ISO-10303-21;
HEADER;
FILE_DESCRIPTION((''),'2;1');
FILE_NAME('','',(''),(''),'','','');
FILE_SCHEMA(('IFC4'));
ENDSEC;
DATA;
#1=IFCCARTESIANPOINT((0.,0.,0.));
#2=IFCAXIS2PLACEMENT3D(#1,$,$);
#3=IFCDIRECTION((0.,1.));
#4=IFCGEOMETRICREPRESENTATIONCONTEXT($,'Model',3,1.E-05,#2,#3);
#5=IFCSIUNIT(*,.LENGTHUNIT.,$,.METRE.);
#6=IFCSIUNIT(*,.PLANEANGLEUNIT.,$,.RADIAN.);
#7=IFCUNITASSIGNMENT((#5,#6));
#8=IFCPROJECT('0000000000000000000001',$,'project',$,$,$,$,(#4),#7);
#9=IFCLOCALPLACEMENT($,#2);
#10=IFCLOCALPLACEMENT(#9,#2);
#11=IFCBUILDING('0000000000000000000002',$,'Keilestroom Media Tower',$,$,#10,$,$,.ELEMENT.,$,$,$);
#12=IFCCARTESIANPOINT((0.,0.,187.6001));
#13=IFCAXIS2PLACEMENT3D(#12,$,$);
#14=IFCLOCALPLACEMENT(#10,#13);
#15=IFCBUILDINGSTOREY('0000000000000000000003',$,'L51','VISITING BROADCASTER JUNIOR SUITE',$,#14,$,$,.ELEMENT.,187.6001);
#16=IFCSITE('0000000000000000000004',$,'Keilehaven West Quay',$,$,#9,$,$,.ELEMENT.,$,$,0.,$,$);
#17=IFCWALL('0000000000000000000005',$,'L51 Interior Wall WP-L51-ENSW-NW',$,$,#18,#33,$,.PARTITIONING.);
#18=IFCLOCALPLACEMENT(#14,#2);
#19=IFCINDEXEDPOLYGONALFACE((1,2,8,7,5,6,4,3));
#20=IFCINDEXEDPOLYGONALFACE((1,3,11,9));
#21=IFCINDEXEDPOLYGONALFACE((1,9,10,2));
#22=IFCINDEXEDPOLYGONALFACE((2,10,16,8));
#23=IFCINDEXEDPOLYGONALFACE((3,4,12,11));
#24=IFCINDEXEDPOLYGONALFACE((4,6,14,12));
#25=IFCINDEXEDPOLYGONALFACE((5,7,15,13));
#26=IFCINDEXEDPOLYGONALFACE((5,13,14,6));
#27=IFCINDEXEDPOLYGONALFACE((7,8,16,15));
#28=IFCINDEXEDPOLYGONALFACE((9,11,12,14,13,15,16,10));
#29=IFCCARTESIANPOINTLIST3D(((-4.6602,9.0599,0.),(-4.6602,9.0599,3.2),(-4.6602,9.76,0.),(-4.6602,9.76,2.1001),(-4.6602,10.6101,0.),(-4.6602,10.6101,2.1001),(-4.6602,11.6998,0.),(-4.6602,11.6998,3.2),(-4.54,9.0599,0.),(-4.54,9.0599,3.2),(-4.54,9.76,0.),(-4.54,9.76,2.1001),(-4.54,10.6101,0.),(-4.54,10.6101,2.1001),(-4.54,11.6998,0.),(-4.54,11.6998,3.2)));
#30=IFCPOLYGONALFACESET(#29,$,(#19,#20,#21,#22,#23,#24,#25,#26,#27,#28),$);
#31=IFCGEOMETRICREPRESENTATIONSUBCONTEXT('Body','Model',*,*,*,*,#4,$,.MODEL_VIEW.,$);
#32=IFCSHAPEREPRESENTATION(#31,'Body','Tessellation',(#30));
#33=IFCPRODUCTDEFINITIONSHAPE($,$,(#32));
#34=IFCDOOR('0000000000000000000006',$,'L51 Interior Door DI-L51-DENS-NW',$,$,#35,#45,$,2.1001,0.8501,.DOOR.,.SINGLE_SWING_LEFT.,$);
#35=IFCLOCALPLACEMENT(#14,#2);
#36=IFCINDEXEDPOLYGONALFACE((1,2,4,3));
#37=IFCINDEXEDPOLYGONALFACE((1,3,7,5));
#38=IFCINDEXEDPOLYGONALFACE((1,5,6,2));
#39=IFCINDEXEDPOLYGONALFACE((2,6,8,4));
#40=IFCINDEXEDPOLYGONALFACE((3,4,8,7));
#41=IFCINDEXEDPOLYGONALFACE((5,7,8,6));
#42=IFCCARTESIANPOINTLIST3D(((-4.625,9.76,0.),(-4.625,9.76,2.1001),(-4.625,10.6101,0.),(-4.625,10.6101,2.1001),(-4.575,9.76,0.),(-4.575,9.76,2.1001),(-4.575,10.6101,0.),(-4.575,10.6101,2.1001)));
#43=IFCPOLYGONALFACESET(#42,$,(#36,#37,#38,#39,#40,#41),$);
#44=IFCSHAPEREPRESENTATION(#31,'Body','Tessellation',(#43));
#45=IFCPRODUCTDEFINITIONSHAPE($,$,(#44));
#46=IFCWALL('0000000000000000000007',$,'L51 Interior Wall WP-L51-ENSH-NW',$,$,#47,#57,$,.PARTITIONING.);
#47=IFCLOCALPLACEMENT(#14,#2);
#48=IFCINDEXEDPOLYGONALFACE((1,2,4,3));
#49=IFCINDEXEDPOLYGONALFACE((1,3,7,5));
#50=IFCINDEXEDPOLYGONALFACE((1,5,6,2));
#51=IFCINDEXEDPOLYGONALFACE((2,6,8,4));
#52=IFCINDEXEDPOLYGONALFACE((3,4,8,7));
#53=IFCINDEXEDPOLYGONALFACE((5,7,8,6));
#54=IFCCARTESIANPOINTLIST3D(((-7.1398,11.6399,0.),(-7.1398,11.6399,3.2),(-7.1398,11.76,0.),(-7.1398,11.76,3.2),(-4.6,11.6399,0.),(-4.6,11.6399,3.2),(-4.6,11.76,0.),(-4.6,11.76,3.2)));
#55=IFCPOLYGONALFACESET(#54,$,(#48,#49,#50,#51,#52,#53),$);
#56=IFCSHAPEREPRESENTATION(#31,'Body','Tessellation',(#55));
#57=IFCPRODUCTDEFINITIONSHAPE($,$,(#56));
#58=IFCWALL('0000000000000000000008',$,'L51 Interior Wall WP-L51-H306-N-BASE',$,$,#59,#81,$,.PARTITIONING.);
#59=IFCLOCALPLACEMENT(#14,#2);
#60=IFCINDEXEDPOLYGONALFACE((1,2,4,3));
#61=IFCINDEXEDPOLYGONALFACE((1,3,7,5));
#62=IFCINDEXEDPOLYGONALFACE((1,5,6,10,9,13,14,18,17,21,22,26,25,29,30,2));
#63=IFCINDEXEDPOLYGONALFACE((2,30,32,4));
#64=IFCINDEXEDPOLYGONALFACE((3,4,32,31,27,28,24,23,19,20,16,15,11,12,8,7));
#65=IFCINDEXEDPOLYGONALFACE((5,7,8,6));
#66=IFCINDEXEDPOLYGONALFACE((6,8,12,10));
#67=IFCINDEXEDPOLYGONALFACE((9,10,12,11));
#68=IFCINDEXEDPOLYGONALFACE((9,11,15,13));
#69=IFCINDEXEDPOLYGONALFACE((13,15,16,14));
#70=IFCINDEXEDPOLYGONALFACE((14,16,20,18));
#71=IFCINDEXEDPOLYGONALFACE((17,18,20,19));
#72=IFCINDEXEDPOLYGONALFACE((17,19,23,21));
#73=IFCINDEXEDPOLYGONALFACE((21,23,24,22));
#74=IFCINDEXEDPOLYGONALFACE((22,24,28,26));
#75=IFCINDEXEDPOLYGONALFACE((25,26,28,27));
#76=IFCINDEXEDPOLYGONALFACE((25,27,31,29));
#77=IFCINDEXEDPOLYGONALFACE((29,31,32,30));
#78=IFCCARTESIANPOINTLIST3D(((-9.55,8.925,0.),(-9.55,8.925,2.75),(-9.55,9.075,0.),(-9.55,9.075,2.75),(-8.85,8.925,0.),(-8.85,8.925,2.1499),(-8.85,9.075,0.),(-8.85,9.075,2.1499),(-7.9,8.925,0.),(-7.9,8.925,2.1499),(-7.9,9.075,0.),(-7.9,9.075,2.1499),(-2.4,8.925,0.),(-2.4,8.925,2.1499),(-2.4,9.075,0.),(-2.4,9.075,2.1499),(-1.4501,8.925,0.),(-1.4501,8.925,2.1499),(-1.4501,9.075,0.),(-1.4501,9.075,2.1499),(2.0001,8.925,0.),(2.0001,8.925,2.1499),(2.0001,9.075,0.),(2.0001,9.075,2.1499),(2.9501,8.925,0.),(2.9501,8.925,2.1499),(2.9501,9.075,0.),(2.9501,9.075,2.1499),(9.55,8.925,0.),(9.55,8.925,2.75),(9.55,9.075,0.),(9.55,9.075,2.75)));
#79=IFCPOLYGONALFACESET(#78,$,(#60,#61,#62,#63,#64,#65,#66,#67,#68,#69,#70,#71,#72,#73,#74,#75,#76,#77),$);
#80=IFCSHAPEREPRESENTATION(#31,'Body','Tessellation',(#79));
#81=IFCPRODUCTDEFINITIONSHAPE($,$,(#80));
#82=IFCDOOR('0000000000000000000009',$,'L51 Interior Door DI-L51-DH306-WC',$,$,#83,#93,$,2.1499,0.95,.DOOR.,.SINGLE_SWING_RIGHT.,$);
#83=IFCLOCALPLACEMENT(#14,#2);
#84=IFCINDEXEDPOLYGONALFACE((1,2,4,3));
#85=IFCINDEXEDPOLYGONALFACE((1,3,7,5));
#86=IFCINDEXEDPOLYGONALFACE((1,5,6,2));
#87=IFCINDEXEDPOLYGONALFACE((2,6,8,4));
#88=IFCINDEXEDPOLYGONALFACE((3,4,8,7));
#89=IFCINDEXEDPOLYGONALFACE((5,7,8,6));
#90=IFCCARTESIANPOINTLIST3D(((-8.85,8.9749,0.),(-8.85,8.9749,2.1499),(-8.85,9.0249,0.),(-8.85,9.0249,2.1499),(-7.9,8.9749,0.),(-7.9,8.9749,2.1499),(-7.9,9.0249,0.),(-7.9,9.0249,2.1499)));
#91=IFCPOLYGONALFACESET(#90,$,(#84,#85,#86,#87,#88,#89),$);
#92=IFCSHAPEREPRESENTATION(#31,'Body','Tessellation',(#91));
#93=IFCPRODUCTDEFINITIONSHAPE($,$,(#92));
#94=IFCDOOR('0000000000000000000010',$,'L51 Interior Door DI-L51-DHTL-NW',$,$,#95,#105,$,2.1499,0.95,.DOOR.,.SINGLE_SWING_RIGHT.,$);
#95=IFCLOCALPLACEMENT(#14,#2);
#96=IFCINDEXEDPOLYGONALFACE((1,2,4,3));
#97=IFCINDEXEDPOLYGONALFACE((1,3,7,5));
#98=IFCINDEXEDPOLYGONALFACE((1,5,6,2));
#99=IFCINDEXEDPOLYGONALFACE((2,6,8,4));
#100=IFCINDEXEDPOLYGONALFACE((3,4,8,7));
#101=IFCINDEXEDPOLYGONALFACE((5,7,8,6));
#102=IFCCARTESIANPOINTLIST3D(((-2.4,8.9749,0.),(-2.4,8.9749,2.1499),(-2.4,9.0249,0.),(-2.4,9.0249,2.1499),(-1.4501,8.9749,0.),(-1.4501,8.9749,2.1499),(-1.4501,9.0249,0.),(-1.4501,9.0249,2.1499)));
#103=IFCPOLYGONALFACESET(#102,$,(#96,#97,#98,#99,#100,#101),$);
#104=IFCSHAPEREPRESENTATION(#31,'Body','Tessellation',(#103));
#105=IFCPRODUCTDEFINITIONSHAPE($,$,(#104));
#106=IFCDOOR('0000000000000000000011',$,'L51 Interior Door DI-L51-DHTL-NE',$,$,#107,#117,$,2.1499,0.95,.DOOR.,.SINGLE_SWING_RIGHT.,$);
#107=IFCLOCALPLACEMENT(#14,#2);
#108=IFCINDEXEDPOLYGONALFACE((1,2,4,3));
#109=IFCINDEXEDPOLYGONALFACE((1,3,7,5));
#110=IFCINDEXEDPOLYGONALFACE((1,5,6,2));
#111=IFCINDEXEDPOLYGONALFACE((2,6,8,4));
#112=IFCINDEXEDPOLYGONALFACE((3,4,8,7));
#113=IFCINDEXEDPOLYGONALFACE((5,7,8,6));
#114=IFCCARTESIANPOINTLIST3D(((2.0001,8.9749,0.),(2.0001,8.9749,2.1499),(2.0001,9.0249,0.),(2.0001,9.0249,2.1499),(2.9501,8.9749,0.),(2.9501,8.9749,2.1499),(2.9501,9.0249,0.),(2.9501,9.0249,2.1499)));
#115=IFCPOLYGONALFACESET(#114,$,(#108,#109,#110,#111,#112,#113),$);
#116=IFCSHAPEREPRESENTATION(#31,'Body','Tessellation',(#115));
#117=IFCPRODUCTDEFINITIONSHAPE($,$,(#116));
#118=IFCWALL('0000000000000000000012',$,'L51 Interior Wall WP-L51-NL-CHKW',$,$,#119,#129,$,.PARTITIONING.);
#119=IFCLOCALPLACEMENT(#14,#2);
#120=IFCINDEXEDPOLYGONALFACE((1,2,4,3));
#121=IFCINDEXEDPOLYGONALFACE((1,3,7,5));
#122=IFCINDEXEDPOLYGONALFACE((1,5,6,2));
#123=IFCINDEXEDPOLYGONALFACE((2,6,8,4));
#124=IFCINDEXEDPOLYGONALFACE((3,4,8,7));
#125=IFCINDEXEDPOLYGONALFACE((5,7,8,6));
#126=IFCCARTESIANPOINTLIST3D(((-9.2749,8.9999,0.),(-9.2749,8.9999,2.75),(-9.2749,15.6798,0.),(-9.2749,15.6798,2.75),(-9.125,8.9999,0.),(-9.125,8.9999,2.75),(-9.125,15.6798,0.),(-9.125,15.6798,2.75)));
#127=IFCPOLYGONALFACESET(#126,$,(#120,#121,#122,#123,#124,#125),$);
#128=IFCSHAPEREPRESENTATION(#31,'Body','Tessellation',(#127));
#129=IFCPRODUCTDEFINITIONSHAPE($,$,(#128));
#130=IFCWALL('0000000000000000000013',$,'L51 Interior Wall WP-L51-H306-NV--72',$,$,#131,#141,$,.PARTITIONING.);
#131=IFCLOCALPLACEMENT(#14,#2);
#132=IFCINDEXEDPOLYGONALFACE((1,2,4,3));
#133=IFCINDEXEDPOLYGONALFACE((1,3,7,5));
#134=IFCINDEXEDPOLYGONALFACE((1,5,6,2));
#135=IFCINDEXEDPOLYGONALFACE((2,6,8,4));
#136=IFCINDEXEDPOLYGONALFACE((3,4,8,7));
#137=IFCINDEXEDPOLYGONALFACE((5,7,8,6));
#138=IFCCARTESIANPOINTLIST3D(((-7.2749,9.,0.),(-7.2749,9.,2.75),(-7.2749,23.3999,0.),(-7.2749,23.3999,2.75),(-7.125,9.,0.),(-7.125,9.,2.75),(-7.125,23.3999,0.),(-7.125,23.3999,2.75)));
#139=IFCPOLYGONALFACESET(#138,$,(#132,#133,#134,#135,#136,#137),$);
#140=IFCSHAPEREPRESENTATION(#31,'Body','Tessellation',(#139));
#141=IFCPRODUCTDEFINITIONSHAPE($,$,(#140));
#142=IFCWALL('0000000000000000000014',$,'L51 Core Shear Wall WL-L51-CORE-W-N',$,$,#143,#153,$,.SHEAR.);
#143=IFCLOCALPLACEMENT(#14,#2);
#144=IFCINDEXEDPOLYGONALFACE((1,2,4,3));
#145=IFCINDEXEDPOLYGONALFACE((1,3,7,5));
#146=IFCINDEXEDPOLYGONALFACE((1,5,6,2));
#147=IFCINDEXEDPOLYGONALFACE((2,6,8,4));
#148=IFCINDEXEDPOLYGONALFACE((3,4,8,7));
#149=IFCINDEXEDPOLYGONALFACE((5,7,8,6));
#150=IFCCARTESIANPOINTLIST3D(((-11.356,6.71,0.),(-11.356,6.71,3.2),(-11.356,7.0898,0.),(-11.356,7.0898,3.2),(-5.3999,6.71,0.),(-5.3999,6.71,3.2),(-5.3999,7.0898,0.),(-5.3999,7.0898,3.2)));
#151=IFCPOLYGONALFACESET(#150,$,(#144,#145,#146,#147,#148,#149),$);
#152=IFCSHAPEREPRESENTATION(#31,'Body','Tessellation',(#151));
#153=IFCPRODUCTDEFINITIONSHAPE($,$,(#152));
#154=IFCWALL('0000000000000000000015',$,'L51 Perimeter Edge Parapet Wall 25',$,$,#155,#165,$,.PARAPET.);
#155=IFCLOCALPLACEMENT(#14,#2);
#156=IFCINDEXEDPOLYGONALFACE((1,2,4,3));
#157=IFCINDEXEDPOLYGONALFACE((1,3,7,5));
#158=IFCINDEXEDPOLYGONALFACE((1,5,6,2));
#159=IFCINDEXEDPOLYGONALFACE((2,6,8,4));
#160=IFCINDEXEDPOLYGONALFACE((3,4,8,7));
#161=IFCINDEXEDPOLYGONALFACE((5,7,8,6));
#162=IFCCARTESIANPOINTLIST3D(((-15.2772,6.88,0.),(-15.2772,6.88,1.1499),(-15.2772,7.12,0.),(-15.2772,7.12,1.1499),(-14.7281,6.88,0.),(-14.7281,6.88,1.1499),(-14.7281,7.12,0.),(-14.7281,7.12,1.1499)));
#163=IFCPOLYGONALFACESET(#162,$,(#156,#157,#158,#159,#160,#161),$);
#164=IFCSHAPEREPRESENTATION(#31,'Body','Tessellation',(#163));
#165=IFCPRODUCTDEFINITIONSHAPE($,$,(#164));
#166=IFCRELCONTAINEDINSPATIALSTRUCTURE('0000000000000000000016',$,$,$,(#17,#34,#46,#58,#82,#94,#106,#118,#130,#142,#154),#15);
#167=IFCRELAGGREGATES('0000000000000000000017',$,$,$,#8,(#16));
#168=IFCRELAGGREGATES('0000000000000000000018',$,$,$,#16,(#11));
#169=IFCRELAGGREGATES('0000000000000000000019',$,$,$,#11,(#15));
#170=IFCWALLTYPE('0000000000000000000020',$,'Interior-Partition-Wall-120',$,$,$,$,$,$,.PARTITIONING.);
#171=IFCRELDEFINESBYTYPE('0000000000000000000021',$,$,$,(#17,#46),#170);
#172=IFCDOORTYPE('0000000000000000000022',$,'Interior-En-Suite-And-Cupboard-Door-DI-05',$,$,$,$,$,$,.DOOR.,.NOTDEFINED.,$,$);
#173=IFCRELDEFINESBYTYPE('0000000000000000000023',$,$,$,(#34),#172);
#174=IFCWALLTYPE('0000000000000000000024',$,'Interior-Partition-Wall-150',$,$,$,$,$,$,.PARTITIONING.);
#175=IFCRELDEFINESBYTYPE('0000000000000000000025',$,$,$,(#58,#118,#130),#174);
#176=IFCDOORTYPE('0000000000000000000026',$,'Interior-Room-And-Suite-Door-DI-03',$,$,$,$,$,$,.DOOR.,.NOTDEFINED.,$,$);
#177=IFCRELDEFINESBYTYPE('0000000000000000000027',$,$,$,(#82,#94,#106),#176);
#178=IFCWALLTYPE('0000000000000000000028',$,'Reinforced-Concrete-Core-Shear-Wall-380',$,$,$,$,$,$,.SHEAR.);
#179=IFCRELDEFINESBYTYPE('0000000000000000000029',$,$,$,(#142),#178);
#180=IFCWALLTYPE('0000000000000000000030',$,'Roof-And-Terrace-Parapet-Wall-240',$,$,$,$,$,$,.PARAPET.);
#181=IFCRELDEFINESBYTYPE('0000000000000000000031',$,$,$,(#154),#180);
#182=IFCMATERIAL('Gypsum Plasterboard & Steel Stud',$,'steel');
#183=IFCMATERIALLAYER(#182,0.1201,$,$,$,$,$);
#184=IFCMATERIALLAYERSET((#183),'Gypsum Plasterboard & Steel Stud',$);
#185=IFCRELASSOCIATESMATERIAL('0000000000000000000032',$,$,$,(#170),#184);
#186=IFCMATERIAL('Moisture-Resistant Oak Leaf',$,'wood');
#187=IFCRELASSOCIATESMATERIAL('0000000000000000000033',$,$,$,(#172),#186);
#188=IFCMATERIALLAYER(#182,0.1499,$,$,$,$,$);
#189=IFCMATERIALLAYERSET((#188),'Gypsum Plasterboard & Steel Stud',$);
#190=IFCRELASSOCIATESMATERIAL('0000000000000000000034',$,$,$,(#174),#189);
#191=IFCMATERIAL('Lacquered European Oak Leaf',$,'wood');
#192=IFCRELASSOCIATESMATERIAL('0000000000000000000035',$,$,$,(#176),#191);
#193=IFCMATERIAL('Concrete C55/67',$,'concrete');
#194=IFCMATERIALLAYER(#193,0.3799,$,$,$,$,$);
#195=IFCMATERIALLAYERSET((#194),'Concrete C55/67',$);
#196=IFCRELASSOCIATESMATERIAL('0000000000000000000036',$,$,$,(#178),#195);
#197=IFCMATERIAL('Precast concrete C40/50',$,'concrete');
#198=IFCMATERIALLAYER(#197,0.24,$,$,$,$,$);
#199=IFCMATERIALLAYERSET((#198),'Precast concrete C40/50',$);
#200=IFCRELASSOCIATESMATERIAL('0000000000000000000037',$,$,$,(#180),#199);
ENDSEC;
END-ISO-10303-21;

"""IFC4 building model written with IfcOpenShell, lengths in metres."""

from ifc_helpers import new_model, si_unit, direction, frame, frame_2d, origin, place, context, subcontext, project, spatial, rectangle, extrude, source, transform, mapped, material, layer, layer_set, type_object, element, fill, save


model = new_model("IFC4")

# Units and contexts
model_context = context("Model", 3, precision=1e-05, world=origin(), true_north=direction((0.0, 1.0)))
body_context = subcontext(model_context, "Body", "Model", "MODEL_VIEW")
ifc_project = project(units=[si_unit("LENGTHUNIT", "METRE"), si_unit("PLANEANGLEUNIT", "RADIAN")], contexts=[model_context])

# Site, building, storey
site_placement = place(None, origin())
site = spatial("IfcSite", under=ifc_project, at=site_placement, Name="Keilehaven West Quay", CompositionType="ELEMENT", RefElevation=0.0)
building_placement = place(site_placement, origin())
building = spatial("IfcBuilding", under=site, at=building_placement, Name="Keilestroom Media Tower", CompositionType="ELEMENT")
storey_placement = place(building_placement, frame((0.0, 0.0, 187.6001)))
storey = spatial("IfcBuildingStorey", under=building, at=storey_placement, Name="L51", Description="VISITING BROADCASTER JUNIOR SUITE", CompositionType="ELEMENT", Elevation=187.6001)

# Shared definitions
ifc_material_1 = material(Name="Precast concrete C40/50", Category="concrete")
ifc_material_2 = material(Name="Concrete C55/67", Category="concrete")

# Shared definitions
ifc_material_3 = material(Name="Gypsum Plasterboard & Steel Stud", Category="steel")
ifc_layer_1 = layer(ifc_material_3, 0.1201)
ifc_layer_set_1 = layer_set([ifc_layer_1], Name="Gypsum Plasterboard & Steel Stud")
wall_type_1 = type_object("IfcWallType", Name="Interior-Partition-Wall-120", PredefinedType="PARTITIONING", material=ifc_layer_set_1)

# Wall, opening, door
wall_1_placement = place(storey_placement, frame((-4.6001, 9.0601, 0.0), z_axis=(0.0, 0.0, 1.0), x_axis=(0.0, 1.0, 0.0)))
wall_1 = element("IfcWall", 1, at=wall_1_placement, inside=storey, type_object=wall_type_1, Name="L51 Interior Wall WP-L51-ENSW-NW", PredefinedType="PARTITIONING", context=body_context, shape_type="SweptSolid", body=[
    extrude(rectangle(XDim=2.6399, YDim=0.1201, at=frame_2d((1.3198, 0.0))), origin(), (0.0, 0.0, 1.0), 3.2),
])
opening_1_placement = place(wall_1_placement, frame((0.7, 0.0, 0.0)))
opening_1 = element("IfcOpeningElement", 2, at=opening_1_placement, cuts=wall_1, PredefinedType="OPENING", context=body_context, shape_type="SweptSolid", body=[
    extrude(rectangle(XDim=0.8501, YDim=2.1001, at=frame_2d((0.425, 1.05))), frame((0.0, 0.0701, 0.0), z_axis=(0.0, -1.0, 0.0), x_axis=(1.0, 0.0, 0.0)), (0.0, 0.0, 1.0), 0.1401),
])
ifc_material_4 = material(Name="Moisture-Resistant Oak Leaf", Category="wood")
door_type_1 = type_object("IfcDoorType", Name="Interior-En-Suite-And-Cupboard-Door-DI-05", OperationType="NOTDEFINED", PredefinedType="DOOR", material=ifc_material_4)
shared_shape_1 = source(origin(), body_context, "Body", "SweptSolid", [
    extrude(rectangle(XDim=0.8501, YDim=2.1001, at=frame_2d((0.425, 1.05))), frame((0.0, 0.0249, 0.0), z_axis=(0.0, -1.0, 0.0), x_axis=(1.0, 0.0, 0.0)), (0.0, 0.0, 1.0), 0.05),
])
door_1_placement = place(opening_1_placement, origin())
door_1 = element("IfcDoor", 3, at=door_1_placement, inside=storey, type_object=door_type_1, Name="L51 Interior Door DI-L51-DENS-NW", OperationType="SINGLE_SWING_LEFT", OverallHeight=2.1001, OverallWidth=0.8501, PredefinedType="DOOR", context=body_context, shape_type="MappedRepresentation", body=[
    mapped(shared_shape_1, transform((0.0, 0.0, 0.0), x_axis=(1.0, 0.0, 0.0), y_axis=(0.0, 1.0, 0.0), z_axis=(0.0, 0.0, 1.0), scale=1.0)),
])
fill(opening_1, door_1)

# Wall
wall_2_placement = place(storey_placement, frame((-7.1399, 11.7, 0.0), z_axis=(0.0, 0.0, 1.0), x_axis=(1.0, 0.0, 0.0)))
element("IfcWall", 4, at=wall_2_placement, inside=storey, type_object=wall_type_1, Name="L51 Interior Wall WP-L51-ENSH-NW", PredefinedType="PARTITIONING", context=body_context, shape_type="SweptSolid", body=[
    extrude(rectangle(XDim=2.5398, YDim=0.1201, at=frame_2d((1.27, 0.0))), origin(), (0.0, 0.0, 1.0), 3.2),
])

# Wall, openings, doors
ifc_layer_2 = layer(ifc_material_3, 0.1499)
ifc_layer_set_2 = layer_set([ifc_layer_2], Name="Gypsum Plasterboard & Steel Stud")
wall_type_2 = type_object("IfcWallType", Name="Interior-Partition-Wall-150", PredefinedType="PARTITIONING", material=ifc_layer_set_2)
wall_3_placement = place(storey_placement, frame((-9.55, 9.0, 0.0), z_axis=(0.0, 0.0, 1.0), x_axis=(1.0, 0.0, 0.0)))
wall_3 = element("IfcWall", 5, at=wall_3_placement, inside=storey, type_object=wall_type_2, Name="L51 Interior Wall WP-L51-H306-N-BASE", PredefinedType="PARTITIONING", context=body_context, shape_type="SweptSolid", body=[
    extrude(rectangle(XDim=19.1001, YDim=0.1499, at=frame_2d((9.55, 0.0))), origin(), (0.0, 0.0, 1.0), 2.75),
])
opening_2_placement = place(wall_3_placement, frame((0.7, 0.0, 0.0)))
opening_2 = element("IfcOpeningElement", 6, at=opening_2_placement, cuts=wall_3, PredefinedType="OPENING", context=body_context, shape_type="SweptSolid", body=[
    extrude(rectangle(XDim=0.95, YDim=2.1499, at=frame_2d((0.4751, 1.075))), frame((0.0, 0.085, 0.0), z_axis=(0.0, -1.0, 0.0), x_axis=(1.0, 0.0, 0.0)), (0.0, 0.0, 1.0), 0.1699),
])
opening_3_placement = place(wall_3_placement, frame((7.1499, 0.0, 0.0)))
opening_3 = element("IfcOpeningElement", 7, at=opening_3_placement, cuts=wall_3, PredefinedType="OPENING", context=body_context, shape_type="SweptSolid", body=[
    extrude(rectangle(XDim=0.95, YDim=2.1499, at=frame_2d((0.4751, 1.075))), frame((0.0, 0.085, 0.0), z_axis=(0.0, -1.0, 0.0), x_axis=(1.0, 0.0, 0.0)), (0.0, 0.0, 1.0), 0.1699),
])
opening_4_placement = place(wall_3_placement, frame((11.55, 0.0, 0.0)))
opening_4 = element("IfcOpeningElement", 8, at=opening_4_placement, cuts=wall_3, PredefinedType="OPENING", context=body_context, shape_type="SweptSolid", body=[
    extrude(rectangle(XDim=0.95, YDim=2.1499, at=frame_2d((0.4751, 1.075))), frame((0.0, 0.085, 0.0), z_axis=(0.0, -1.0, 0.0), x_axis=(1.0, 0.0, 0.0)), (0.0, 0.0, 1.0), 0.1699),
])
ifc_material_5 = material(Name="Lacquered European Oak Leaf", Category="wood")
door_type_2 = type_object("IfcDoorType", Name="Interior-Room-And-Suite-Door-DI-03", OperationType="NOTDEFINED", PredefinedType="DOOR", material=ifc_material_5)
shared_shape_2 = source(origin(), body_context, "Body", "SweptSolid", [
    extrude(rectangle(XDim=0.95, YDim=2.1499, at=frame_2d((0.4751, 1.075))), frame((0.0, 0.0249, 0.0), z_axis=(0.0, -1.0, 0.0), x_axis=(1.0, 0.0, 0.0)), (0.0, 0.0, 1.0), 0.05),
])
door_2_placement = place(opening_2_placement, origin())
door_2 = element("IfcDoor", 9, at=door_2_placement, inside=storey, type_object=door_type_2, Name="L51 Interior Door DI-L51-DH306-WC", OperationType="SINGLE_SWING_RIGHT", OverallHeight=2.1499, OverallWidth=0.95, PredefinedType="DOOR", context=body_context, shape_type="MappedRepresentation", body=[
    mapped(shared_shape_2, transform((0.0, 0.0, 0.0), x_axis=(1.0, 0.0, 0.0), y_axis=(0.0, 1.0, 0.0), z_axis=(0.0, 0.0, 1.0), scale=1.0)),
])
fill(opening_2, door_2)
door_3_placement = place(opening_3_placement, origin())
door_3 = element("IfcDoor", 10, at=door_3_placement, inside=storey, type_object=door_type_2, Name="L51 Interior Door DI-L51-DHTL-NW", OperationType="SINGLE_SWING_RIGHT", OverallHeight=2.1499, OverallWidth=0.95, PredefinedType="DOOR", context=body_context, shape_type="MappedRepresentation", body=[
    mapped(shared_shape_2, transform((0.0, 0.0, 0.0), x_axis=(1.0, 0.0, 0.0), y_axis=(0.0, 1.0, 0.0), z_axis=(0.0, 0.0, 1.0), scale=1.0)),
])
fill(opening_3, door_3)
door_4_placement = place(opening_4_placement, origin())
door_4 = element("IfcDoor", 11, at=door_4_placement, inside=storey, type_object=door_type_2, Name="L51 Interior Door DI-L51-DHTL-NE", OperationType="SINGLE_SWING_RIGHT", OverallHeight=2.1499, OverallWidth=0.95, PredefinedType="DOOR", context=body_context, shape_type="MappedRepresentation", body=[
    mapped(shared_shape_2, transform((0.0, 0.0, 0.0), x_axis=(1.0, 0.0, 0.0), y_axis=(0.0, 1.0, 0.0), z_axis=(0.0, 0.0, 1.0), scale=1.0)),
])
fill(opening_4, door_4)

# Walls
wall_4_placement = place(storey_placement, frame((-9.2, 9.0, 0.0), z_axis=(0.0, 0.0, 1.0), x_axis=(0.0, 1.0, 0.0)))
element("IfcWall", 12, at=wall_4_placement, inside=storey, type_object=wall_type_2, Name="L51 Interior Wall WP-L51-NL-CHKW", PredefinedType="PARTITIONING", context=body_context, shape_type="SweptSolid", body=[
    extrude(rectangle(XDim=6.6799, YDim=0.1499, at=frame_2d((3.3398, 0.0))), origin(), (0.0, 0.0, 1.0), 2.75),
])
wall_5_placement = place(storey_placement, frame((-7.2, 9.0, 0.0), z_axis=(0.0, 0.0, 1.0), x_axis=(0.0, 1.0, 0.0)))
element("IfcWall", 13, at=wall_5_placement, inside=storey, type_object=wall_type_2, Name="L51 Interior Wall WP-L51-H306-NV--72", PredefinedType="PARTITIONING", context=body_context, shape_type="SweptSolid", body=[
    extrude(rectangle(XDim=14.3999, YDim=0.1499, at=frame_2d((7.2, 0.0))), origin(), (0.0, 0.0, 1.0), 2.75),
])
ifc_layer_3 = layer(ifc_material_2, 0.3799)
ifc_layer_set_3 = layer_set([ifc_layer_3], Name="Concrete C55/67")
wall_type_3 = type_object("IfcWallType", Name="Reinforced-Concrete-Core-Shear-Wall-380", PredefinedType="SHEAR", material=ifc_layer_set_3)
wall_6_placement = place(storey_placement, frame((-11.356, 6.8999, 0.0), z_axis=(0.0, 0.0, 1.0), x_axis=(1.0, 0.0, 0.0)))
element("IfcWall", 14, at=wall_6_placement, inside=storey, type_object=wall_type_3, Name="L51 Core Shear Wall WL-L51-CORE-W-N", PredefinedType="SHEAR", context=body_context, shape_type="SweptSolid", body=[
    extrude(rectangle(XDim=5.9561, YDim=0.3799, at=frame_2d((2.978, 0.0))), origin(), (0.0, 0.0, 1.0), 3.2),
])
ifc_layer_4 = layer(ifc_material_1, 0.24)
ifc_layer_set_4 = layer_set([ifc_layer_4], Name="Precast concrete C40/50")
wall_type_4 = type_object("IfcWallType", Name="Roof-And-Terrace-Parapet-Wall-240", PredefinedType="PARAPET", material=ifc_layer_set_4)
wall_7_placement = place(storey_placement, frame((-15.2771, 7.0, 0.0), z_axis=(0.0, 0.0, 1.0), x_axis=(1.0, 0.0, 0.0)))
element("IfcWall", 15, at=wall_7_placement, inside=storey, type_object=wall_type_4, Name="L51 Perimeter Edge Parapet Wall 25", PredefinedType="PARAPET", context=body_context, shape_type="SweptSolid", body=[
    extrude(rectangle(XDim=0.5491, YDim=0.24, at=frame_2d((0.2744, 0.0))), origin(), (0.0, 0.0, 1.0), 1.1499),
])

save(model, "model.ifc")
